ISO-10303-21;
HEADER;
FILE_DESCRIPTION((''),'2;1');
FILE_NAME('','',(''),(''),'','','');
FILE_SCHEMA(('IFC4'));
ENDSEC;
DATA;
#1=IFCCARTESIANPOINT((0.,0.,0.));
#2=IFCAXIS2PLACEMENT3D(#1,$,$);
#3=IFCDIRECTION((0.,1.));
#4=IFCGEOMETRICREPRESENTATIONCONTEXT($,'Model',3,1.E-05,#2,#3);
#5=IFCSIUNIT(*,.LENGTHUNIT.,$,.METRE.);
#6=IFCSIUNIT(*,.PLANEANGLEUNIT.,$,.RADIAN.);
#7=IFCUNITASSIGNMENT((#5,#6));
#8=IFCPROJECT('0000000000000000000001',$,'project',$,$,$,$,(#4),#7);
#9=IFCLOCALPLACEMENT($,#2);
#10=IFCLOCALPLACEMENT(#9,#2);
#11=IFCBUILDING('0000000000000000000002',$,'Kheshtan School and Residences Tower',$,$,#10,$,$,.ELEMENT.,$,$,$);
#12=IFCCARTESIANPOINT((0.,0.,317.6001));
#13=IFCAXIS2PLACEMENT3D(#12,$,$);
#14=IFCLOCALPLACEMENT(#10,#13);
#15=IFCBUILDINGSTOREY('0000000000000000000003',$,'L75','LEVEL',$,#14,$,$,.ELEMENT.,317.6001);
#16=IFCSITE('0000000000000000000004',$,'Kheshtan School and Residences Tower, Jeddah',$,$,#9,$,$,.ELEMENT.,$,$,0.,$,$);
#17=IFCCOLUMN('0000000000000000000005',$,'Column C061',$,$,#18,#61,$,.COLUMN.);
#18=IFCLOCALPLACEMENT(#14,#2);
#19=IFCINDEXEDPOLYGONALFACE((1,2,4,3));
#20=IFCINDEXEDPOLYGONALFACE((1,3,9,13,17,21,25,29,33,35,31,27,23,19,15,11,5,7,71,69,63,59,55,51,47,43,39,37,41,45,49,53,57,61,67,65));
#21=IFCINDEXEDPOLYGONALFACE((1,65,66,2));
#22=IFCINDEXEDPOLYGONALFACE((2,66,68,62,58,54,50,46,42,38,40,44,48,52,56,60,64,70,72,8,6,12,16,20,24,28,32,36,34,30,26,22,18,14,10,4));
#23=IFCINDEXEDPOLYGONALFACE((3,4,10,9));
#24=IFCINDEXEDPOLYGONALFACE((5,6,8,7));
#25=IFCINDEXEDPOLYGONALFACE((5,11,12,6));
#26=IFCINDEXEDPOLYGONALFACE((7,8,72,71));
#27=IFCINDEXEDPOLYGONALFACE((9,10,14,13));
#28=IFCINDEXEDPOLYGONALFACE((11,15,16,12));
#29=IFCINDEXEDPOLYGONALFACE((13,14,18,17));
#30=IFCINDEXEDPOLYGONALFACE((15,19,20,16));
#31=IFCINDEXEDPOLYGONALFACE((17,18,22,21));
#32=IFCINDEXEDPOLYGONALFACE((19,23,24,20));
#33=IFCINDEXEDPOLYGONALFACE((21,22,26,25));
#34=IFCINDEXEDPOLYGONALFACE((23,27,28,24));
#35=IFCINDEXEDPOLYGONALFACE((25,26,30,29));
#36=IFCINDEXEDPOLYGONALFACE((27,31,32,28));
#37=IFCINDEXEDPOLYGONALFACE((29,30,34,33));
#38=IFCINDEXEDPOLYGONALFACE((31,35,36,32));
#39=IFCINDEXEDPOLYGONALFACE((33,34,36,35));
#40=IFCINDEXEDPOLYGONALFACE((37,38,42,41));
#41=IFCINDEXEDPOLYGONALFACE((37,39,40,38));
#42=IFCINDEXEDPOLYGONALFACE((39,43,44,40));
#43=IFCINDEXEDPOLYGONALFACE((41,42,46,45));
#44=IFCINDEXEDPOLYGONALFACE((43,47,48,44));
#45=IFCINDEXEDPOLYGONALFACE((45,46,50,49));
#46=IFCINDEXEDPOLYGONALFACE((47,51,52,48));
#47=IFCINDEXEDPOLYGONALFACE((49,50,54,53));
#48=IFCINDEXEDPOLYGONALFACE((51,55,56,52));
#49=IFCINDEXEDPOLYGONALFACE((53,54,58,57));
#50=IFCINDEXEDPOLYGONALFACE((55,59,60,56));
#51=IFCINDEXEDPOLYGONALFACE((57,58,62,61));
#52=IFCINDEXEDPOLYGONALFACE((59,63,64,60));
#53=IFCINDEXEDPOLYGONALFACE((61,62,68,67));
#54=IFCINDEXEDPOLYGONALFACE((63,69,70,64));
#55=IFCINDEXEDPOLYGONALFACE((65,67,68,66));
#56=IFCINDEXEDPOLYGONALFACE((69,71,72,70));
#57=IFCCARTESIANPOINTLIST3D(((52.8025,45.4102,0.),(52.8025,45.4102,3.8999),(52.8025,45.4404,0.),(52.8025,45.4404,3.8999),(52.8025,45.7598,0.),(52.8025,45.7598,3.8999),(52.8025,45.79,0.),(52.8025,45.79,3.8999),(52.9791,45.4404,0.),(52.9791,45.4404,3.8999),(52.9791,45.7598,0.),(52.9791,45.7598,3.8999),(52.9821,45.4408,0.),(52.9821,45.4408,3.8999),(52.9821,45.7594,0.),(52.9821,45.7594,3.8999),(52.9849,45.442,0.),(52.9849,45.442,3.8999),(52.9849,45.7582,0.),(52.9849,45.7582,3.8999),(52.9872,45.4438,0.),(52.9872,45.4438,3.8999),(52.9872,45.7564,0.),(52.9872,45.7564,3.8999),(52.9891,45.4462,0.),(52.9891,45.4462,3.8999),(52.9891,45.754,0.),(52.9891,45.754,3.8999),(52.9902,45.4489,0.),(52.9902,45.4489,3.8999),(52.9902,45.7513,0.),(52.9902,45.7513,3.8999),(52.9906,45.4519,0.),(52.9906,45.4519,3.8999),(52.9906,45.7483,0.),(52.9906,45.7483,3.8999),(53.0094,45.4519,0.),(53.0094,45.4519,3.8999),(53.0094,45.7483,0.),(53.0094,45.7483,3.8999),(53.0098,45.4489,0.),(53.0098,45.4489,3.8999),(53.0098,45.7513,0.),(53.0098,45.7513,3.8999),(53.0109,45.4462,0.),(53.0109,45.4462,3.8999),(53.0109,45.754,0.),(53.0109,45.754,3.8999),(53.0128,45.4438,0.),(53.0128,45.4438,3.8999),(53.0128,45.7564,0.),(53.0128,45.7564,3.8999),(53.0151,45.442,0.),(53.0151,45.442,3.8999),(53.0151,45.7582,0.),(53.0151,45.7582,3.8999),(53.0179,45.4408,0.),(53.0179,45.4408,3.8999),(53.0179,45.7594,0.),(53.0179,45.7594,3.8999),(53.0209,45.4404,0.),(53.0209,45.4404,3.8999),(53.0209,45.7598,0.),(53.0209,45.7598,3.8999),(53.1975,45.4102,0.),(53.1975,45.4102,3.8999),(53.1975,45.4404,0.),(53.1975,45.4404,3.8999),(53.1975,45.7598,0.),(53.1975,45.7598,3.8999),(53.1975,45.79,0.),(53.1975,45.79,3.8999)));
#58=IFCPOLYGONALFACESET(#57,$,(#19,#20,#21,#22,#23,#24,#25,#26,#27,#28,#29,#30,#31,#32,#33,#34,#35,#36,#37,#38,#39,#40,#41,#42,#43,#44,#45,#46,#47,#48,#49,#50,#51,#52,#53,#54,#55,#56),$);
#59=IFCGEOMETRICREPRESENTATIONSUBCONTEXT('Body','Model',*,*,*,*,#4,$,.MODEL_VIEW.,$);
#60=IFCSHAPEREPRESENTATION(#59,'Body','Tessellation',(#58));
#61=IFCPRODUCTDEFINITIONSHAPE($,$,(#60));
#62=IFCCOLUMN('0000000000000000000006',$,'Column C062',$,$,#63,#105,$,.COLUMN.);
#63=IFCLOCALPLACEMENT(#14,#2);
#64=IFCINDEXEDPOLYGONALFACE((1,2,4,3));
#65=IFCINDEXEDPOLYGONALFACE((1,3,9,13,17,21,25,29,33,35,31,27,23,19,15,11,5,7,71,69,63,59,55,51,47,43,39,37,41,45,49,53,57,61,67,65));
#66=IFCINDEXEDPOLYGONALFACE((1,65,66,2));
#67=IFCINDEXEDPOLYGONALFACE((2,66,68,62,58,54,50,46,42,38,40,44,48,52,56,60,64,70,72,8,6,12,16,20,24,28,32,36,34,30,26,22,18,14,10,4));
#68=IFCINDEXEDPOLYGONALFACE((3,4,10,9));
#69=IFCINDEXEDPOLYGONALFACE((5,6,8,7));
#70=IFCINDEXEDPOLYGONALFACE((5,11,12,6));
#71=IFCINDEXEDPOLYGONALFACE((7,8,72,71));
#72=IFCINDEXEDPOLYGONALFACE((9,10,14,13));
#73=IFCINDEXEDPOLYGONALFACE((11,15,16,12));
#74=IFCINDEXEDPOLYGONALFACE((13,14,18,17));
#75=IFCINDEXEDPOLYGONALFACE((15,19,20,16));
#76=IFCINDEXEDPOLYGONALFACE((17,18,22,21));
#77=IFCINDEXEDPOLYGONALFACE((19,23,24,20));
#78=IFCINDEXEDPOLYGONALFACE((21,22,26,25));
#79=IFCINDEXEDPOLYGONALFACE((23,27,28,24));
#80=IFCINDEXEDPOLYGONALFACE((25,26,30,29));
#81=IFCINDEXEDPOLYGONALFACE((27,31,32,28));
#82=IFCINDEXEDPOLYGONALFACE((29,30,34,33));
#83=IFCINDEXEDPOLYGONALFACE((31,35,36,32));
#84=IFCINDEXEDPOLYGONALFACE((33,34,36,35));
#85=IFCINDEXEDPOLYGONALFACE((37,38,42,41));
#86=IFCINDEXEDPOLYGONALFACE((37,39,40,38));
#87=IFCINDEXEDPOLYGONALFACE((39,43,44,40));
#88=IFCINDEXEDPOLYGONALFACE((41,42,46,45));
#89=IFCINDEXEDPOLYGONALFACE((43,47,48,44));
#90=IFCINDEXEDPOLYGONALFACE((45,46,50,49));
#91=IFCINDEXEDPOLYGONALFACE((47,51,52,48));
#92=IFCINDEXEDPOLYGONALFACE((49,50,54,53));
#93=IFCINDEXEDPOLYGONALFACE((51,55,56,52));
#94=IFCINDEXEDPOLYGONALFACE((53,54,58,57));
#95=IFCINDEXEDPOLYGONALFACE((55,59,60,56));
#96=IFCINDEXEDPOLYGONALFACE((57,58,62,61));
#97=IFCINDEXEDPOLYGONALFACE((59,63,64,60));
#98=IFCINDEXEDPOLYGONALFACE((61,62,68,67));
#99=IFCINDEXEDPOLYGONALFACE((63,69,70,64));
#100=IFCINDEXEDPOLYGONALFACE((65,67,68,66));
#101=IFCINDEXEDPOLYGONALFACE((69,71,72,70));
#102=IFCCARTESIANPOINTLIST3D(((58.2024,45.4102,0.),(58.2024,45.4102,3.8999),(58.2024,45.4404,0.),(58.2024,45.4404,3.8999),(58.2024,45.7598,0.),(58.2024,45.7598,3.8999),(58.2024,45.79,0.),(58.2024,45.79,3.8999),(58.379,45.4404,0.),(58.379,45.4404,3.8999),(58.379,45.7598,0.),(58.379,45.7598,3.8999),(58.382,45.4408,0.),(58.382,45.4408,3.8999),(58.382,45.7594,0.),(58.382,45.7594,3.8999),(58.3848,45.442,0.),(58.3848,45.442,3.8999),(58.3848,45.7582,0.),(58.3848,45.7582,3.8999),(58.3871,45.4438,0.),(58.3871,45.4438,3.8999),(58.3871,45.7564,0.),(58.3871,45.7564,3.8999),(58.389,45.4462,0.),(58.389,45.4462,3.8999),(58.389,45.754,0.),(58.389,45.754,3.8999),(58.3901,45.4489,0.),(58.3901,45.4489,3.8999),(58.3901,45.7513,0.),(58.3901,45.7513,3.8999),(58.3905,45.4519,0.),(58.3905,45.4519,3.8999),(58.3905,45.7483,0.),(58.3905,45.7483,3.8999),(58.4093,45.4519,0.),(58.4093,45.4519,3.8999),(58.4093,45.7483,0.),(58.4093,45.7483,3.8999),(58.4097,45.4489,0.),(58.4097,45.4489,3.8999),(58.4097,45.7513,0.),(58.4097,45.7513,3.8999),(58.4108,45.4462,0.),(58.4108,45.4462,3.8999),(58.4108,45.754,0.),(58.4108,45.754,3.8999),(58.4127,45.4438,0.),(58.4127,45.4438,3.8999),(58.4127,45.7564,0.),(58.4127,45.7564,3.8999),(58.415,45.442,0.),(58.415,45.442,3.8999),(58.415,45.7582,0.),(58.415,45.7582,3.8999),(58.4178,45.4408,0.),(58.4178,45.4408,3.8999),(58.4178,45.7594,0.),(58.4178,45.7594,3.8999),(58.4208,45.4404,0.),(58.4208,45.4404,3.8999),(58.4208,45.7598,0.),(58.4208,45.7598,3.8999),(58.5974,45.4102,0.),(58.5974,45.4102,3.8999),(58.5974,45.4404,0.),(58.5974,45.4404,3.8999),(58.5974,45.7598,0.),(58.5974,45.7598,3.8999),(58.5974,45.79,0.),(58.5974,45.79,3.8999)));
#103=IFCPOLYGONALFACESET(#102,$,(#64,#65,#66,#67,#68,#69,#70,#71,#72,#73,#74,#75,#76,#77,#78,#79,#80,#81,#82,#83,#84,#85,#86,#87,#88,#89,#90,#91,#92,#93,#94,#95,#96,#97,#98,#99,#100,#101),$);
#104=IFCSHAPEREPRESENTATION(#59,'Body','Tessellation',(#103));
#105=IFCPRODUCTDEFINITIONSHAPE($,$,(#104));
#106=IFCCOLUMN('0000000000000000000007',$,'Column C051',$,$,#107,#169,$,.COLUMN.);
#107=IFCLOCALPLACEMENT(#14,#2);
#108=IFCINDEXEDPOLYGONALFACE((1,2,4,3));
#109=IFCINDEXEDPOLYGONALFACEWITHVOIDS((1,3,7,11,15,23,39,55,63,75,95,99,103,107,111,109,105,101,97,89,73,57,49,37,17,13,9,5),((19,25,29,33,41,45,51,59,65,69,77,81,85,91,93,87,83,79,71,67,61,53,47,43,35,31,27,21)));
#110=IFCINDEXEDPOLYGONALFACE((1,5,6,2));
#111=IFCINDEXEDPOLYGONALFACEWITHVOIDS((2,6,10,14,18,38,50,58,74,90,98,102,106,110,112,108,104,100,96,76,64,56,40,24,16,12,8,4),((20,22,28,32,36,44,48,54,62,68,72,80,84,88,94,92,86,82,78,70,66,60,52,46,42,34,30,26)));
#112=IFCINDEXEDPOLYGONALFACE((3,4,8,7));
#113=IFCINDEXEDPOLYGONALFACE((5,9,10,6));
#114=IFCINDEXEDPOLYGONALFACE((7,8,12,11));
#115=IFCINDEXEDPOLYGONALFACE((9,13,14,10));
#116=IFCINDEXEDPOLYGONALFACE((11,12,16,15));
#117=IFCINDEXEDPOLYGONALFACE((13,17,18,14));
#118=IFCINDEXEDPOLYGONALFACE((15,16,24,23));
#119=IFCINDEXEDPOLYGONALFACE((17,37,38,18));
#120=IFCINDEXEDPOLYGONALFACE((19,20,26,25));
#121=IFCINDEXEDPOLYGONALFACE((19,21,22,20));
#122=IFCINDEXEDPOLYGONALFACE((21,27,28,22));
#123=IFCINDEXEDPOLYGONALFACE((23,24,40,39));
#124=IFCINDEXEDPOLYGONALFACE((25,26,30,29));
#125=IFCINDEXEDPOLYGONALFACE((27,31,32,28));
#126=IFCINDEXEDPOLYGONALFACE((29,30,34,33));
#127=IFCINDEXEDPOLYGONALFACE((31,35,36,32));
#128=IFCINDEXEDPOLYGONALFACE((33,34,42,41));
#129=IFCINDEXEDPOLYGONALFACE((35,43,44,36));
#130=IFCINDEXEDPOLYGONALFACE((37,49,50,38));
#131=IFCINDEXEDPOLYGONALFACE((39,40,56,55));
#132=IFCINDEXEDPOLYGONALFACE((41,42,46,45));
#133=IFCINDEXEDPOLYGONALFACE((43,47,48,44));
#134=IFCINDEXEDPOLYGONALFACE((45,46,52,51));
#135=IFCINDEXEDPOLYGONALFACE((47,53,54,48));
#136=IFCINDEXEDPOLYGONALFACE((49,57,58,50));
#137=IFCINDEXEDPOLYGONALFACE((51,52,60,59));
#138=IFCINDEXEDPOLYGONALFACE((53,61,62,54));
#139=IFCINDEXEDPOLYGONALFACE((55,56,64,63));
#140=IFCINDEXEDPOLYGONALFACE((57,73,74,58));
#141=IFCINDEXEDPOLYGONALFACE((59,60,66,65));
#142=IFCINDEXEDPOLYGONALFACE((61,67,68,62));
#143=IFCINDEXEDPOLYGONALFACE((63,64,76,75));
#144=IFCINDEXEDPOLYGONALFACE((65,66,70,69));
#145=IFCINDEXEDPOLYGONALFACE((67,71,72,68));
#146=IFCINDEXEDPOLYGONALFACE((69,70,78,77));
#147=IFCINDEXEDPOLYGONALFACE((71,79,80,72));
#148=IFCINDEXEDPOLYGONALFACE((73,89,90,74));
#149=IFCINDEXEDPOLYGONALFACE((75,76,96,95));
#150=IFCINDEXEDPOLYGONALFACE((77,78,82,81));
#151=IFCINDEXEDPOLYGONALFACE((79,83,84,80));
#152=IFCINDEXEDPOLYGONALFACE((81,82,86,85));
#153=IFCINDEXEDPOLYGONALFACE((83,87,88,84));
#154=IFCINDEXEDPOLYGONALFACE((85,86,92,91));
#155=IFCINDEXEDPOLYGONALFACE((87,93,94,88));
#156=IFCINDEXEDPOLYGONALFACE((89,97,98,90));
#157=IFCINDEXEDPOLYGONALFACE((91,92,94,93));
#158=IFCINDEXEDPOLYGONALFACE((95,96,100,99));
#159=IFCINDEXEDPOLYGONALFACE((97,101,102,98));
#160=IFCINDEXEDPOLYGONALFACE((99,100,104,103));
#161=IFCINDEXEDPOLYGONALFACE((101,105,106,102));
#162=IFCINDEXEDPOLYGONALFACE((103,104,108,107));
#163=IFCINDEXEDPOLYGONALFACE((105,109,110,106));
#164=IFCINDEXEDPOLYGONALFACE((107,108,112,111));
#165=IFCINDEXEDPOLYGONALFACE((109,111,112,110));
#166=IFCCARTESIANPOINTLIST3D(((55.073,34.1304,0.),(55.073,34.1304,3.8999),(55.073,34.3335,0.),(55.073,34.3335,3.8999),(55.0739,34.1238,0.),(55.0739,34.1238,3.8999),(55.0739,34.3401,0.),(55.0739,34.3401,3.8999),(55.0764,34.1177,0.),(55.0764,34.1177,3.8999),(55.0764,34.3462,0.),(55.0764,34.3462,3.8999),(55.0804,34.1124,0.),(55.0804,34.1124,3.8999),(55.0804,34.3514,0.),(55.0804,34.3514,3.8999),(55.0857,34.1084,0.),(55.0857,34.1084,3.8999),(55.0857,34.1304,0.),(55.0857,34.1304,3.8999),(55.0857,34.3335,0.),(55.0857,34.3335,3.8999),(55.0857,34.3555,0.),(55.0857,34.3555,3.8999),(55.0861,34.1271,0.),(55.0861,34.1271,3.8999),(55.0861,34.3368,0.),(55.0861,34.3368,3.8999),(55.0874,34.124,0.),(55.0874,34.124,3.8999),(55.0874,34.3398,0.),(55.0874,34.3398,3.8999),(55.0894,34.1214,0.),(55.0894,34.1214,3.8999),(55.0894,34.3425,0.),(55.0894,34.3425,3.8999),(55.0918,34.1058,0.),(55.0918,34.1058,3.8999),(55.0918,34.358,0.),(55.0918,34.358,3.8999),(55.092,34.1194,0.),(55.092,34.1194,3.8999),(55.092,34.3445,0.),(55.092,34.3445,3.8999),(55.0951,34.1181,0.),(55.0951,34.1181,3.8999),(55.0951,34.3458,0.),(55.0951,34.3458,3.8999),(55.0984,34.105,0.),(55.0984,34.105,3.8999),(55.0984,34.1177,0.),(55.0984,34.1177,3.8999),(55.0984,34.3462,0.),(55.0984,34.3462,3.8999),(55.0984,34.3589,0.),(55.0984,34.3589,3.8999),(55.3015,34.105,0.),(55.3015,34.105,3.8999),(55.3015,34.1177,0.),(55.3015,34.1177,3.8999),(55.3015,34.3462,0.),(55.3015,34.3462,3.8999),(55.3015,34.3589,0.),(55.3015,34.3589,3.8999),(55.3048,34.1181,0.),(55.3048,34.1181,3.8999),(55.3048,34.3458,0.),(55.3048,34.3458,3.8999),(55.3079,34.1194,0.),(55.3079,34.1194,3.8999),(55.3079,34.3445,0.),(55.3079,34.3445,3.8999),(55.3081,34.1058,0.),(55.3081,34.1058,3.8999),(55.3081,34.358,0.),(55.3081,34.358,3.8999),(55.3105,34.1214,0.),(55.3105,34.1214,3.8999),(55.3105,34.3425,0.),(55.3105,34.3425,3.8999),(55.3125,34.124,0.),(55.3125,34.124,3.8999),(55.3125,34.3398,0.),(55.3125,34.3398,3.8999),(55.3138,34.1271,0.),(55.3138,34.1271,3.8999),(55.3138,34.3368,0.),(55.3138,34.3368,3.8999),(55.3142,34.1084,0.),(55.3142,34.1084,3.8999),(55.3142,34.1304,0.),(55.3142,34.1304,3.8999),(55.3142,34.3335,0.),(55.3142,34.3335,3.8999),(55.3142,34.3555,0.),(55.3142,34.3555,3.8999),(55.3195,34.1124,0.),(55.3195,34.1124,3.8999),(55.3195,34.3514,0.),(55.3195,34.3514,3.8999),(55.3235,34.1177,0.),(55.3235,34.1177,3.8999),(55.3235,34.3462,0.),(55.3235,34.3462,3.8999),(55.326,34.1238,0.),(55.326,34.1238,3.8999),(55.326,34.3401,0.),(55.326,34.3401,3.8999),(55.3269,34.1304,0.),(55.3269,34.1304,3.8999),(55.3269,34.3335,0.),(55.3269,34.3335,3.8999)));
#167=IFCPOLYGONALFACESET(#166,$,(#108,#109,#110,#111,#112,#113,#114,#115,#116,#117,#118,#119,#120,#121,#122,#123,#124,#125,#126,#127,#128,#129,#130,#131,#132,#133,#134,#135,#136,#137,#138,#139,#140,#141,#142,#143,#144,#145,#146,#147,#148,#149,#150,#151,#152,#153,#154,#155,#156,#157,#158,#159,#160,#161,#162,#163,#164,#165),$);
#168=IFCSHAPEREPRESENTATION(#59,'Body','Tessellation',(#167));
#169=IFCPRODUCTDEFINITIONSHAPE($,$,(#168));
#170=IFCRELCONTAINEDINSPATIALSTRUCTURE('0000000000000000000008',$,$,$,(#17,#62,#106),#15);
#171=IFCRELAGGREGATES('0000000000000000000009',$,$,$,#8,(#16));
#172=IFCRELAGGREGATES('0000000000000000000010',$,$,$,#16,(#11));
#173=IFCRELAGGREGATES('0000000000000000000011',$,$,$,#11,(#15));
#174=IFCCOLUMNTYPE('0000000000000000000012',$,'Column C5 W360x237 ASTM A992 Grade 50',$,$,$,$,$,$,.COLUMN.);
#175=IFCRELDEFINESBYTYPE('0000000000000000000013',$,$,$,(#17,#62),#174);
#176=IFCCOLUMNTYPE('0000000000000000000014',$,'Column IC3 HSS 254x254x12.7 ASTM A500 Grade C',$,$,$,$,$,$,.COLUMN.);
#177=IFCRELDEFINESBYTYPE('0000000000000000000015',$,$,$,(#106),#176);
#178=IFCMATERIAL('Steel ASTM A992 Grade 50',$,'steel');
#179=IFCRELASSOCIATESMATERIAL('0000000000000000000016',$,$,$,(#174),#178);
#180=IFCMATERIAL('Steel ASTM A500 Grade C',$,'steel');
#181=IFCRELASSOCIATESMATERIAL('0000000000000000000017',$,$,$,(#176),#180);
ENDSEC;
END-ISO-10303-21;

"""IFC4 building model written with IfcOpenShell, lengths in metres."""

from ifc_helpers import new_model, si_unit, direction, frame, origin, origin_2d, place, context, subcontext, project, spatial, hollow_rectangle, i_section, extrude, material, material_profile, profile_set, type_object, element, save


model = new_model("IFC4")

# Units and contexts
model_context = context("Model", 3, precision=1e-05, world=origin(), true_north=direction((0.0, 1.0)))
body_context = subcontext(model_context, "Body", "Model", "MODEL_VIEW")
ifc_project = project(units=[si_unit("LENGTHUNIT", "METRE"), si_unit("PLANEANGLEUNIT", "RADIAN")], contexts=[model_context])

# Site, building, storey
site_placement = place(None, origin())
site = spatial("IfcSite", under=ifc_project, at=site_placement, Name="Kheshtan School and Residences Tower, Jeddah", CompositionType="ELEMENT", RefElevation=0.0)
building_placement = place(site_placement, origin())
building = spatial("IfcBuilding", under=site, at=building_placement, Name="Kheshtan School and Residences Tower", CompositionType="ELEMENT")
storey_placement = place(building_placement, frame((0.0, 0.0, 317.6001)))
storey = spatial("IfcBuildingStorey", under=building, at=storey_placement, Name="L75", Description="LEVEL", CompositionType="ELEMENT", Elevation=317.6001)

# Columns
ifc_material_1 = material(Name="Steel ASTM A992 Grade 50", Category="steel")
ifc_material_profile_1 = material_profile(ifc_material_1, i_section(OverallWidth=0.395, OverallDepth=0.3799, WebThickness=0.0188, FlangeThickness=0.0303, FilletRadius=0.0115, at=origin_2d()), Name="W360x237")
ifc_profile_set_1 = profile_set([ifc_material_profile_1], Name="Steel ASTM A992 Grade 50")
column_type_1 = type_object("IfcColumnType", Name="Column C5 W360x237 ASTM A992 Grade 50", PredefinedType="COLUMN", material=ifc_profile_set_1)
for number, where, z_axis, x_axis, name in (
    (1, (53.0, 45.6001, 0.0), (0.0, 0.0, 1.0), (1.0, 0.0, 0.0), "Column C061"),
    (2, (58.3999, 45.6001, 0.0), (0.0, 0.0, 1.0), (1.0, 0.0, 0.0), "Column C062"),
):
    element("IfcColumn", number, at=place(storey_placement, frame(where, z_axis=z_axis, x_axis=x_axis)), inside=storey, type_object=column_type_1, Name=name, PredefinedType="COLUMN", context=body_context, shape_type="SweptSolid", body=[
        extrude(i_section(OverallWidth=0.395, OverallDepth=0.3799, WebThickness=0.0188, FlangeThickness=0.0303, FilletRadius=0.0115, at=origin_2d()), origin(), (0.0, 0.0, 1.0), 3.8999),
    ])
ifc_material_2 = material(Name="Steel ASTM A500 Grade C", Category="steel")
ifc_material_profile_2 = material_profile(ifc_material_2, hollow_rectangle(XDim=0.2539, YDim=0.2539, WallThickness=0.0127, InnerFilletRadius=0.0127, OuterFilletRadius=0.0254, at=origin_2d()), Name="HSS 254x254x12.7")
ifc_profile_set_2 = profile_set([ifc_material_profile_2], Name="Steel ASTM A500 Grade C")
column_type_2 = type_object("IfcColumnType", Name="Column IC3 HSS 254x254x12.7 ASTM A500 Grade C", PredefinedType="COLUMN", material=ifc_profile_set_2)
for number, where, z_axis, x_axis, name in (
    (3, (55.2, 34.2319, 0.0), (0.0, 0.0, 1.0), (1.0, 0.0, 0.0), "Column C051"),
):
    element("IfcColumn", number, at=place(storey_placement, frame(where, z_axis=z_axis, x_axis=x_axis)), inside=storey, type_object=column_type_2, Name=name, PredefinedType="COLUMN", context=body_context, shape_type="SweptSolid", body=[
        extrude(hollow_rectangle(XDim=0.2539, YDim=0.2539, WallThickness=0.0127, InnerFilletRadius=0.0127, OuterFilletRadius=0.0254, at=origin_2d()), origin(), (0.0, 0.0, 1.0), 3.8999),
    ])

save(model, "model.ifc")
